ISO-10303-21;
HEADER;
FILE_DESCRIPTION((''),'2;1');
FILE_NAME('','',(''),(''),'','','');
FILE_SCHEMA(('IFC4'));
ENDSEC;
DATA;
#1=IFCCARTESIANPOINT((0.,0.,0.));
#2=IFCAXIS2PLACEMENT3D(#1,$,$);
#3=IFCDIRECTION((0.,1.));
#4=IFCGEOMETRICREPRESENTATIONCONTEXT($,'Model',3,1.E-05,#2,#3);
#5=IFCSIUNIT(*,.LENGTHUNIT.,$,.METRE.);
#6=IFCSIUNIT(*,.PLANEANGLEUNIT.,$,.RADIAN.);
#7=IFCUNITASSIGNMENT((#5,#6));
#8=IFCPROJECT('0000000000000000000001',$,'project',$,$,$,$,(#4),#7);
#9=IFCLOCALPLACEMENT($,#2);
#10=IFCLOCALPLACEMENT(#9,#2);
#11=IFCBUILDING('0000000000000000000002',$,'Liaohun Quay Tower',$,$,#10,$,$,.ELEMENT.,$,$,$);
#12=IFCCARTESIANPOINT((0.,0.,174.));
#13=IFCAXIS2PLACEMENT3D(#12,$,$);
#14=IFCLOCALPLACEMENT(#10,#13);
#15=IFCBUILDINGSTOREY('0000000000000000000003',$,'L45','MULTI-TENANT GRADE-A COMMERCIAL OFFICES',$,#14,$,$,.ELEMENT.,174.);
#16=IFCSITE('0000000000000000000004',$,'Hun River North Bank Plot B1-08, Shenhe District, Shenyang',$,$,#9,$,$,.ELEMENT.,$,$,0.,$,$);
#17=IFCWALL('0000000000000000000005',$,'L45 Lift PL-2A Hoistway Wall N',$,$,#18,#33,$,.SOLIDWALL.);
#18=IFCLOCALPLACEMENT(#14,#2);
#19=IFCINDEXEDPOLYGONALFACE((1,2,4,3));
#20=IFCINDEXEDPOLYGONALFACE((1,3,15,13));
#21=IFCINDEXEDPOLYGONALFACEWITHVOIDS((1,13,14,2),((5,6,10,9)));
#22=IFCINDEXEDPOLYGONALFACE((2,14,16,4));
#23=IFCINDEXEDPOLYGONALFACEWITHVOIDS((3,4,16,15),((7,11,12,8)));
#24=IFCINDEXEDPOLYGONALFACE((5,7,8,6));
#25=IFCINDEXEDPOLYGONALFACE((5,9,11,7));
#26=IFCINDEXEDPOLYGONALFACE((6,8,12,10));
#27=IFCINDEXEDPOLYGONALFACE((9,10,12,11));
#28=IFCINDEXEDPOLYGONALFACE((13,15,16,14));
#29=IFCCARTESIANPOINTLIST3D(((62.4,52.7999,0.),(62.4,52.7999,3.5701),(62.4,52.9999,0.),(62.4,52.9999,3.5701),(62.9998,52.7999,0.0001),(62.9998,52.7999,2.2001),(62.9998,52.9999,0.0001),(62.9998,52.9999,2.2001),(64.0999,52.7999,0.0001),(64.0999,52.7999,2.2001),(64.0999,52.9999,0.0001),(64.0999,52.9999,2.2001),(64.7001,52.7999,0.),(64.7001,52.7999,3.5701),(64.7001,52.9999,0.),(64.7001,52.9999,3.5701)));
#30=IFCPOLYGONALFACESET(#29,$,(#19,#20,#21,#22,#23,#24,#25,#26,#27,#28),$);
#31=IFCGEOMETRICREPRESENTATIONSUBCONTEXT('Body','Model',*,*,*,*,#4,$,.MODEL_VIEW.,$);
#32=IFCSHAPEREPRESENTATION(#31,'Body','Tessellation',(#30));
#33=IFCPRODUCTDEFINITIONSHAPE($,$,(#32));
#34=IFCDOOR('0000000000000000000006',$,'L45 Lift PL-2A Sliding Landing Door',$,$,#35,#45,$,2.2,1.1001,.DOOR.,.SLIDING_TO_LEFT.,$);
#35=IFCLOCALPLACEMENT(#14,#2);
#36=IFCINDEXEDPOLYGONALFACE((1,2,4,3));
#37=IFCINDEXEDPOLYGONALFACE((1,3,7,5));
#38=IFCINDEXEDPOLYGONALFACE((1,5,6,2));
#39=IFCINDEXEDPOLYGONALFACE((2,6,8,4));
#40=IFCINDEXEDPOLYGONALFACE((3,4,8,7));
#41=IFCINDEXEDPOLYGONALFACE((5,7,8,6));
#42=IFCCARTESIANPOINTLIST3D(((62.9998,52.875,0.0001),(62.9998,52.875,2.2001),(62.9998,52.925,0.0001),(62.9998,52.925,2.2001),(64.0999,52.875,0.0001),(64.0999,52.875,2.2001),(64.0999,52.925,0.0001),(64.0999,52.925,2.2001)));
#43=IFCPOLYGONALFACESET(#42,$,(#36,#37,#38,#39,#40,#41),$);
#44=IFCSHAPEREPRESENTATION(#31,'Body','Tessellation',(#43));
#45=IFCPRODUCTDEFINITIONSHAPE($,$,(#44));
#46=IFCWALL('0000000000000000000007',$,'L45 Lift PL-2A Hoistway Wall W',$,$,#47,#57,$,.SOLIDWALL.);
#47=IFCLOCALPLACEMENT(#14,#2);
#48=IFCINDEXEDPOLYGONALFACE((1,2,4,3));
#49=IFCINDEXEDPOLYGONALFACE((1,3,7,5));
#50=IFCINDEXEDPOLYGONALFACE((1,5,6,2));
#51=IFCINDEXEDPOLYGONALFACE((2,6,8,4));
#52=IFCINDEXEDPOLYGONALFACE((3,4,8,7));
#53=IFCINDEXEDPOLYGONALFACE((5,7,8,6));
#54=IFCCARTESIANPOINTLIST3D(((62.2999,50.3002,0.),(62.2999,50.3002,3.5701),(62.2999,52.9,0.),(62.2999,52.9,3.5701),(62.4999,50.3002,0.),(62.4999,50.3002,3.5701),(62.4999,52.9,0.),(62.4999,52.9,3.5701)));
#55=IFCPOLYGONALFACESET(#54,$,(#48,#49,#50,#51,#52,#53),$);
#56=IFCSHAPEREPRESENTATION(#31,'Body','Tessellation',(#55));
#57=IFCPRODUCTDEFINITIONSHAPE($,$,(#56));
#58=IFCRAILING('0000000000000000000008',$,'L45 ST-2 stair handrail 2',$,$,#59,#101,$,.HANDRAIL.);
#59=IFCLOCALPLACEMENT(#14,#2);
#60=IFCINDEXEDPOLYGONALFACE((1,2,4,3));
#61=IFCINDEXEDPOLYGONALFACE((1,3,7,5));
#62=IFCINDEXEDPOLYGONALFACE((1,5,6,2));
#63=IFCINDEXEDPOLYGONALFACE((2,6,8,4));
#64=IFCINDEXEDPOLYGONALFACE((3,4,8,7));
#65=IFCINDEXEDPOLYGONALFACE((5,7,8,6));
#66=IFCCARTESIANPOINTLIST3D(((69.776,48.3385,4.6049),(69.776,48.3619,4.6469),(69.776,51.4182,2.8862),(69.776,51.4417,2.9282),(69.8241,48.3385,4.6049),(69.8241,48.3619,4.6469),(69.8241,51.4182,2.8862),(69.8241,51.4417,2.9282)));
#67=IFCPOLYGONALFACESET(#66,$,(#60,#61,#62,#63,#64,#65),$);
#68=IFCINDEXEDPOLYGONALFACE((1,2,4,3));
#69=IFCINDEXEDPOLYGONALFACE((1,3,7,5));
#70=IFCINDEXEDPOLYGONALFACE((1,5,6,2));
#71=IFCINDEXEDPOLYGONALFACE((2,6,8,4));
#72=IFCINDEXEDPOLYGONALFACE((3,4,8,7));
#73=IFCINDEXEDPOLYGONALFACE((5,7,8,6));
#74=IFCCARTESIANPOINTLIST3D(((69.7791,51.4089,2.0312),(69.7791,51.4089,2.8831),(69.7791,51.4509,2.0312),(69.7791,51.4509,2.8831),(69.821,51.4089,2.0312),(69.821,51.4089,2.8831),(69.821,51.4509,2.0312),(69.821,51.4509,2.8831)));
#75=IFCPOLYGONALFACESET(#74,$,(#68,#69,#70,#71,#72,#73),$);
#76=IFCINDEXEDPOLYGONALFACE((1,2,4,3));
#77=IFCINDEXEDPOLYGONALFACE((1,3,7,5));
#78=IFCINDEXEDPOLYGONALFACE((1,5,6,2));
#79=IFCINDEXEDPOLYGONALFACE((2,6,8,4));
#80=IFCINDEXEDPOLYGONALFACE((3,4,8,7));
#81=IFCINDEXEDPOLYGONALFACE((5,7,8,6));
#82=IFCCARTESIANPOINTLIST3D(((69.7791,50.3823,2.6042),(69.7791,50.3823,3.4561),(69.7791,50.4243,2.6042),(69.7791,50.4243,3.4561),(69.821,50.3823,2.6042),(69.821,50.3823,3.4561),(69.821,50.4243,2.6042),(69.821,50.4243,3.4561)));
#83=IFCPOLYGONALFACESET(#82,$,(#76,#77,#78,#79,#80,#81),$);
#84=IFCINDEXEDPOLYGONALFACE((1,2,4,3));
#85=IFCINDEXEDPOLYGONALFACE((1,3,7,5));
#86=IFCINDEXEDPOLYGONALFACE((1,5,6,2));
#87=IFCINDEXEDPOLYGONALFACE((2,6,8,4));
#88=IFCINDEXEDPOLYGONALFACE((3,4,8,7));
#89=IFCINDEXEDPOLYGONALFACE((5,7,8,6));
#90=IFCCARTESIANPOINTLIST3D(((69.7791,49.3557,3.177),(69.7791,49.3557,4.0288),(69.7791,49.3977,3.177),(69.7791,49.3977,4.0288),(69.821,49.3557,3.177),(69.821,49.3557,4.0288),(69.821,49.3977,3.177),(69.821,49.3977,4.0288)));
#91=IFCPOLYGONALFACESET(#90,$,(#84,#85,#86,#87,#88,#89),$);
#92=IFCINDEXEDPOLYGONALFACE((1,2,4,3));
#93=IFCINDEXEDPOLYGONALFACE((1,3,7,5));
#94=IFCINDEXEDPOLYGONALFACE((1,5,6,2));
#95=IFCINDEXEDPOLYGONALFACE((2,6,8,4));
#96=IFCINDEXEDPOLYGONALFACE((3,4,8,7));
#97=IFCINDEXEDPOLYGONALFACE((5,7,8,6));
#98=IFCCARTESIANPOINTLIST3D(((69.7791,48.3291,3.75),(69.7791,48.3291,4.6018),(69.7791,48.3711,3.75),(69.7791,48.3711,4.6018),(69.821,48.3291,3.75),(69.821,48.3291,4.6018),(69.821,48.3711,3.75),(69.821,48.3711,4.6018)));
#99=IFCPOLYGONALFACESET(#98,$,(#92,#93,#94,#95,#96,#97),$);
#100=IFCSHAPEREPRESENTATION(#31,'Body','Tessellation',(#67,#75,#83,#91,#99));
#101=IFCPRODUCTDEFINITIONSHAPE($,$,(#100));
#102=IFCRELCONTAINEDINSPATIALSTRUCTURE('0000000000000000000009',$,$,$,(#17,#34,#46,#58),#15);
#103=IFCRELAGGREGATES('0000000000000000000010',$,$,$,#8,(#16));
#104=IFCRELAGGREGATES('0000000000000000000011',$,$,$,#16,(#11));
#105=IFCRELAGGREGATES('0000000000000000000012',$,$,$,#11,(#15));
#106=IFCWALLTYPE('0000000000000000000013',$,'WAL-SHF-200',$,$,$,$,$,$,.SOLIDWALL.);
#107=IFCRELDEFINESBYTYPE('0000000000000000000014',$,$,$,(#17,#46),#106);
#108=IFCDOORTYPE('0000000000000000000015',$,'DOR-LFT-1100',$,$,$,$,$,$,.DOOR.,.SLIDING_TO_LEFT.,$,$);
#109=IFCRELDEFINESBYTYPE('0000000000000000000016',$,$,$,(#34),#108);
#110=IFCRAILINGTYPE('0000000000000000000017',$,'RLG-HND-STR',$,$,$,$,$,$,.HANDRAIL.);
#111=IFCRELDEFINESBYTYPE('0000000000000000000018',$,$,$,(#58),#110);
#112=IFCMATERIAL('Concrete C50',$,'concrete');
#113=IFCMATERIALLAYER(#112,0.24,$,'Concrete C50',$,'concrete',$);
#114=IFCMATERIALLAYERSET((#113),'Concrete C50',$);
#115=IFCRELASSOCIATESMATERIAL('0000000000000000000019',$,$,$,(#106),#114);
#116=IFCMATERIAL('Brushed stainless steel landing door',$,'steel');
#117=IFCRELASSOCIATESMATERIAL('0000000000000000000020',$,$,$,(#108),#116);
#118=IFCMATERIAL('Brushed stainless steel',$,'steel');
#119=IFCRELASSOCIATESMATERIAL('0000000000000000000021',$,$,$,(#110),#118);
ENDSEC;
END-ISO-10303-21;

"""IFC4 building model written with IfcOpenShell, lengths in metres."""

from ifc_helpers import new_model, si_unit, direction, frame, frame_2d, origin, origin_2d, place, context, subcontext, project, spatial, rectangle, extrude, source, transform, mapped, material, layer, layer_set, type_object, element, fill, save


model = new_model("IFC4")

# Units and contexts
model_context = context("Model", 3, precision=1e-05, world=origin(), true_north=direction((0.0, 1.0)))
body_context = subcontext(model_context, "Body", "Model", "MODEL_VIEW")
ifc_project = project(units=[si_unit("LENGTHUNIT", "METRE"), si_unit("PLANEANGLEUNIT", "RADIAN")], contexts=[model_context])

# Site, building, storey
site_placement = place(None, origin())
site = spatial("IfcSite", under=ifc_project, at=site_placement, Name="Hun River North Bank Plot B1-08, Shenhe District, Shenyang", CompositionType="ELEMENT", RefElevation=0.0)
building_placement = place(site_placement, origin())
building = spatial("IfcBuilding", under=site, at=building_placement, Name="Liaohun Quay Tower", CompositionType="ELEMENT")
storey_placement = place(building_placement, frame((0.0, 0.0, 174.0)))
storey = spatial("IfcBuildingStorey", under=building, at=storey_placement, Name="L45", Description="MULTI-TENANT GRADE-A COMMERCIAL OFFICES", CompositionType="ELEMENT", Elevation=174.0)

# Shared definitions
ifc_material_1 = material(Name="Concrete C50", Category="concrete")
ifc_layer_1 = layer(ifc_material_1, 0.24, Name="Concrete C50", Category="concrete")
ifc_layer_set_1 = layer_set([ifc_layer_1], Name="Concrete C50")
wall_type_1 = type_object("IfcWallType", Name="WAL-SHF-200", PredefinedType="SOLIDWALL", material=ifc_layer_set_1)

# Wall, opening, door
wall_1_placement = place(storey_placement, frame((64.7, 52.8999, 0.0), z_axis=(0.0, 0.0, 1.0), x_axis=(-1.0, 0.0, 0.0)))
wall_1 = element("IfcWall", 1, at=wall_1_placement, inside=storey, type_object=wall_type_1, Name="L45 Lift PL-2A Hoistway Wall N", PredefinedType="SOLIDWALL", context=body_context, shape_type="SweptSolid", body=[
    extrude(rectangle(XDim=2.3, YDim=0.2, at=frame_2d((1.1499, 0.0))), origin(), (0.0, 0.0, 1.0), 3.5701),
])
shared_shape_1 = source(origin(), body_context, "Body", "SweptSolid", [
    extrude(rectangle(XDim=1.1001, YDim=2.2, at=frame_2d((0.55, 1.1001))), frame((0.0, 0.1099, 0.0), z_axis=(0.0, -1.0, 0.0), x_axis=(1.0, 0.0, 0.0)), (0.0, 0.0, 1.0), 0.22),
])
opening_1_placement = place(wall_1_placement, frame((0.6001, 0.0, 0.0)))
opening_1 = element("IfcOpeningElement", 2, at=opening_1_placement, cuts=wall_1, PredefinedType="OPENING", context=body_context, shape_type="MappedRepresentation", body=[
    mapped(shared_shape_1, transform((0.0, 0.0, 0.0), x_axis=(1.0, 0.0, 0.0), y_axis=(0.0, 1.0, 0.0), z_axis=(0.0, 0.0, 1.0), scale=1.0)),
])
ifc_material_2 = material(Name="Brushed stainless steel landing door", Category="steel")
door_type_1 = type_object("IfcDoorType", Name="DOR-LFT-1100", OperationType="SLIDING_TO_LEFT", PredefinedType="DOOR", material=ifc_material_2)
shared_shape_2 = source(origin(), body_context, "Body", "SweptSolid", [
    extrude(rectangle(XDim=1.1001, YDim=2.2, at=frame_2d((0.55, 1.1001))), frame((0.0, 0.0249, 0.0), z_axis=(0.0, -1.0, 0.0), x_axis=(1.0, 0.0, 0.0)), (0.0, 0.0, 1.0), 0.05),
])
door_1_placement = place(opening_1_placement, origin())
door_1 = element("IfcDoor", 3, at=door_1_placement, inside=storey, type_object=door_type_1, Name="L45 Lift PL-2A Sliding Landing Door", OperationType="SLIDING_TO_LEFT", OverallHeight=2.2, OverallWidth=1.1001, PredefinedType="DOOR", context=body_context, shape_type="MappedRepresentation", body=[
    mapped(shared_shape_2, transform((0.0, 0.0, 0.0), x_axis=(1.0, 0.0, 0.0), y_axis=(0.0, 1.0, 0.0), z_axis=(0.0, 0.0, 1.0), scale=1.0)),
])
fill(opening_1, door_1)

# Wall
wall_2_placement = place(storey_placement, frame((62.3999, 52.8999, 0.0), z_axis=(0.0, 0.0, 1.0), x_axis=(0.0, -1.0, 0.0)))
element("IfcWall", 4, at=wall_2_placement, inside=storey, type_object=wall_type_1, Name="L45 Lift PL-2A Hoistway Wall W", PredefinedType="SOLIDWALL", context=body_context, shape_type="SweptSolid", body=[
    extrude(rectangle(XDim=2.5999, YDim=0.2, at=frame_2d((1.2998, 0.0))), origin(), (0.0, 0.0, 1.0), 3.5701),
])

# Railing
ifc_material_3 = material(Name="Brushed stainless steel", Category="steel")
railing_type = type_object("IfcRailingType", Name="RLG-HND-STR", PredefinedType="HANDRAIL", material=ifc_material_3)
railing_placement = place(storey_placement, frame((69.8, 51.4299, 2.0312)))
element("IfcRailing", 5, at=railing_placement, inside=storey, type_object=railing_type, Name="L45 ST-2 stair handrail 2", PredefinedType="HANDRAIL", context=body_context, shape_type="SweptSolid", body=[
    extrude(rectangle(XDim=0.0481, YDim=0.0481, at=origin_2d()), frame((0.0, 0.0, 0.876), z_axis=(0.0, -0.873225, 0.487317), x_axis=(1.0, 0.0, 0.0)), (0.0, 0.0, 1.0), 3.5269),
    extrude(rectangle(XDim=0.042, YDim=0.042, at=origin_2d()), origin(), (0.0, 0.0, 1.0), 0.8518),
    extrude(rectangle(XDim=0.042, YDim=0.042, at=origin_2d()), frame((0.0, -1.0266, 0.573)), (0.0, 0.0, 1.0), 0.8518),
    extrude(rectangle(XDim=0.042, YDim=0.042, at=origin_2d()), frame((0.0, -2.0532, 1.1458)), (0.0, 0.0, 1.0), 0.8518),
    extrude(rectangle(XDim=0.042, YDim=0.042, at=origin_2d()), frame((0.0, -3.0798, 1.7188)), (0.0, 0.0, 1.0), 0.8518),
])

save(model, "model.ifc")
